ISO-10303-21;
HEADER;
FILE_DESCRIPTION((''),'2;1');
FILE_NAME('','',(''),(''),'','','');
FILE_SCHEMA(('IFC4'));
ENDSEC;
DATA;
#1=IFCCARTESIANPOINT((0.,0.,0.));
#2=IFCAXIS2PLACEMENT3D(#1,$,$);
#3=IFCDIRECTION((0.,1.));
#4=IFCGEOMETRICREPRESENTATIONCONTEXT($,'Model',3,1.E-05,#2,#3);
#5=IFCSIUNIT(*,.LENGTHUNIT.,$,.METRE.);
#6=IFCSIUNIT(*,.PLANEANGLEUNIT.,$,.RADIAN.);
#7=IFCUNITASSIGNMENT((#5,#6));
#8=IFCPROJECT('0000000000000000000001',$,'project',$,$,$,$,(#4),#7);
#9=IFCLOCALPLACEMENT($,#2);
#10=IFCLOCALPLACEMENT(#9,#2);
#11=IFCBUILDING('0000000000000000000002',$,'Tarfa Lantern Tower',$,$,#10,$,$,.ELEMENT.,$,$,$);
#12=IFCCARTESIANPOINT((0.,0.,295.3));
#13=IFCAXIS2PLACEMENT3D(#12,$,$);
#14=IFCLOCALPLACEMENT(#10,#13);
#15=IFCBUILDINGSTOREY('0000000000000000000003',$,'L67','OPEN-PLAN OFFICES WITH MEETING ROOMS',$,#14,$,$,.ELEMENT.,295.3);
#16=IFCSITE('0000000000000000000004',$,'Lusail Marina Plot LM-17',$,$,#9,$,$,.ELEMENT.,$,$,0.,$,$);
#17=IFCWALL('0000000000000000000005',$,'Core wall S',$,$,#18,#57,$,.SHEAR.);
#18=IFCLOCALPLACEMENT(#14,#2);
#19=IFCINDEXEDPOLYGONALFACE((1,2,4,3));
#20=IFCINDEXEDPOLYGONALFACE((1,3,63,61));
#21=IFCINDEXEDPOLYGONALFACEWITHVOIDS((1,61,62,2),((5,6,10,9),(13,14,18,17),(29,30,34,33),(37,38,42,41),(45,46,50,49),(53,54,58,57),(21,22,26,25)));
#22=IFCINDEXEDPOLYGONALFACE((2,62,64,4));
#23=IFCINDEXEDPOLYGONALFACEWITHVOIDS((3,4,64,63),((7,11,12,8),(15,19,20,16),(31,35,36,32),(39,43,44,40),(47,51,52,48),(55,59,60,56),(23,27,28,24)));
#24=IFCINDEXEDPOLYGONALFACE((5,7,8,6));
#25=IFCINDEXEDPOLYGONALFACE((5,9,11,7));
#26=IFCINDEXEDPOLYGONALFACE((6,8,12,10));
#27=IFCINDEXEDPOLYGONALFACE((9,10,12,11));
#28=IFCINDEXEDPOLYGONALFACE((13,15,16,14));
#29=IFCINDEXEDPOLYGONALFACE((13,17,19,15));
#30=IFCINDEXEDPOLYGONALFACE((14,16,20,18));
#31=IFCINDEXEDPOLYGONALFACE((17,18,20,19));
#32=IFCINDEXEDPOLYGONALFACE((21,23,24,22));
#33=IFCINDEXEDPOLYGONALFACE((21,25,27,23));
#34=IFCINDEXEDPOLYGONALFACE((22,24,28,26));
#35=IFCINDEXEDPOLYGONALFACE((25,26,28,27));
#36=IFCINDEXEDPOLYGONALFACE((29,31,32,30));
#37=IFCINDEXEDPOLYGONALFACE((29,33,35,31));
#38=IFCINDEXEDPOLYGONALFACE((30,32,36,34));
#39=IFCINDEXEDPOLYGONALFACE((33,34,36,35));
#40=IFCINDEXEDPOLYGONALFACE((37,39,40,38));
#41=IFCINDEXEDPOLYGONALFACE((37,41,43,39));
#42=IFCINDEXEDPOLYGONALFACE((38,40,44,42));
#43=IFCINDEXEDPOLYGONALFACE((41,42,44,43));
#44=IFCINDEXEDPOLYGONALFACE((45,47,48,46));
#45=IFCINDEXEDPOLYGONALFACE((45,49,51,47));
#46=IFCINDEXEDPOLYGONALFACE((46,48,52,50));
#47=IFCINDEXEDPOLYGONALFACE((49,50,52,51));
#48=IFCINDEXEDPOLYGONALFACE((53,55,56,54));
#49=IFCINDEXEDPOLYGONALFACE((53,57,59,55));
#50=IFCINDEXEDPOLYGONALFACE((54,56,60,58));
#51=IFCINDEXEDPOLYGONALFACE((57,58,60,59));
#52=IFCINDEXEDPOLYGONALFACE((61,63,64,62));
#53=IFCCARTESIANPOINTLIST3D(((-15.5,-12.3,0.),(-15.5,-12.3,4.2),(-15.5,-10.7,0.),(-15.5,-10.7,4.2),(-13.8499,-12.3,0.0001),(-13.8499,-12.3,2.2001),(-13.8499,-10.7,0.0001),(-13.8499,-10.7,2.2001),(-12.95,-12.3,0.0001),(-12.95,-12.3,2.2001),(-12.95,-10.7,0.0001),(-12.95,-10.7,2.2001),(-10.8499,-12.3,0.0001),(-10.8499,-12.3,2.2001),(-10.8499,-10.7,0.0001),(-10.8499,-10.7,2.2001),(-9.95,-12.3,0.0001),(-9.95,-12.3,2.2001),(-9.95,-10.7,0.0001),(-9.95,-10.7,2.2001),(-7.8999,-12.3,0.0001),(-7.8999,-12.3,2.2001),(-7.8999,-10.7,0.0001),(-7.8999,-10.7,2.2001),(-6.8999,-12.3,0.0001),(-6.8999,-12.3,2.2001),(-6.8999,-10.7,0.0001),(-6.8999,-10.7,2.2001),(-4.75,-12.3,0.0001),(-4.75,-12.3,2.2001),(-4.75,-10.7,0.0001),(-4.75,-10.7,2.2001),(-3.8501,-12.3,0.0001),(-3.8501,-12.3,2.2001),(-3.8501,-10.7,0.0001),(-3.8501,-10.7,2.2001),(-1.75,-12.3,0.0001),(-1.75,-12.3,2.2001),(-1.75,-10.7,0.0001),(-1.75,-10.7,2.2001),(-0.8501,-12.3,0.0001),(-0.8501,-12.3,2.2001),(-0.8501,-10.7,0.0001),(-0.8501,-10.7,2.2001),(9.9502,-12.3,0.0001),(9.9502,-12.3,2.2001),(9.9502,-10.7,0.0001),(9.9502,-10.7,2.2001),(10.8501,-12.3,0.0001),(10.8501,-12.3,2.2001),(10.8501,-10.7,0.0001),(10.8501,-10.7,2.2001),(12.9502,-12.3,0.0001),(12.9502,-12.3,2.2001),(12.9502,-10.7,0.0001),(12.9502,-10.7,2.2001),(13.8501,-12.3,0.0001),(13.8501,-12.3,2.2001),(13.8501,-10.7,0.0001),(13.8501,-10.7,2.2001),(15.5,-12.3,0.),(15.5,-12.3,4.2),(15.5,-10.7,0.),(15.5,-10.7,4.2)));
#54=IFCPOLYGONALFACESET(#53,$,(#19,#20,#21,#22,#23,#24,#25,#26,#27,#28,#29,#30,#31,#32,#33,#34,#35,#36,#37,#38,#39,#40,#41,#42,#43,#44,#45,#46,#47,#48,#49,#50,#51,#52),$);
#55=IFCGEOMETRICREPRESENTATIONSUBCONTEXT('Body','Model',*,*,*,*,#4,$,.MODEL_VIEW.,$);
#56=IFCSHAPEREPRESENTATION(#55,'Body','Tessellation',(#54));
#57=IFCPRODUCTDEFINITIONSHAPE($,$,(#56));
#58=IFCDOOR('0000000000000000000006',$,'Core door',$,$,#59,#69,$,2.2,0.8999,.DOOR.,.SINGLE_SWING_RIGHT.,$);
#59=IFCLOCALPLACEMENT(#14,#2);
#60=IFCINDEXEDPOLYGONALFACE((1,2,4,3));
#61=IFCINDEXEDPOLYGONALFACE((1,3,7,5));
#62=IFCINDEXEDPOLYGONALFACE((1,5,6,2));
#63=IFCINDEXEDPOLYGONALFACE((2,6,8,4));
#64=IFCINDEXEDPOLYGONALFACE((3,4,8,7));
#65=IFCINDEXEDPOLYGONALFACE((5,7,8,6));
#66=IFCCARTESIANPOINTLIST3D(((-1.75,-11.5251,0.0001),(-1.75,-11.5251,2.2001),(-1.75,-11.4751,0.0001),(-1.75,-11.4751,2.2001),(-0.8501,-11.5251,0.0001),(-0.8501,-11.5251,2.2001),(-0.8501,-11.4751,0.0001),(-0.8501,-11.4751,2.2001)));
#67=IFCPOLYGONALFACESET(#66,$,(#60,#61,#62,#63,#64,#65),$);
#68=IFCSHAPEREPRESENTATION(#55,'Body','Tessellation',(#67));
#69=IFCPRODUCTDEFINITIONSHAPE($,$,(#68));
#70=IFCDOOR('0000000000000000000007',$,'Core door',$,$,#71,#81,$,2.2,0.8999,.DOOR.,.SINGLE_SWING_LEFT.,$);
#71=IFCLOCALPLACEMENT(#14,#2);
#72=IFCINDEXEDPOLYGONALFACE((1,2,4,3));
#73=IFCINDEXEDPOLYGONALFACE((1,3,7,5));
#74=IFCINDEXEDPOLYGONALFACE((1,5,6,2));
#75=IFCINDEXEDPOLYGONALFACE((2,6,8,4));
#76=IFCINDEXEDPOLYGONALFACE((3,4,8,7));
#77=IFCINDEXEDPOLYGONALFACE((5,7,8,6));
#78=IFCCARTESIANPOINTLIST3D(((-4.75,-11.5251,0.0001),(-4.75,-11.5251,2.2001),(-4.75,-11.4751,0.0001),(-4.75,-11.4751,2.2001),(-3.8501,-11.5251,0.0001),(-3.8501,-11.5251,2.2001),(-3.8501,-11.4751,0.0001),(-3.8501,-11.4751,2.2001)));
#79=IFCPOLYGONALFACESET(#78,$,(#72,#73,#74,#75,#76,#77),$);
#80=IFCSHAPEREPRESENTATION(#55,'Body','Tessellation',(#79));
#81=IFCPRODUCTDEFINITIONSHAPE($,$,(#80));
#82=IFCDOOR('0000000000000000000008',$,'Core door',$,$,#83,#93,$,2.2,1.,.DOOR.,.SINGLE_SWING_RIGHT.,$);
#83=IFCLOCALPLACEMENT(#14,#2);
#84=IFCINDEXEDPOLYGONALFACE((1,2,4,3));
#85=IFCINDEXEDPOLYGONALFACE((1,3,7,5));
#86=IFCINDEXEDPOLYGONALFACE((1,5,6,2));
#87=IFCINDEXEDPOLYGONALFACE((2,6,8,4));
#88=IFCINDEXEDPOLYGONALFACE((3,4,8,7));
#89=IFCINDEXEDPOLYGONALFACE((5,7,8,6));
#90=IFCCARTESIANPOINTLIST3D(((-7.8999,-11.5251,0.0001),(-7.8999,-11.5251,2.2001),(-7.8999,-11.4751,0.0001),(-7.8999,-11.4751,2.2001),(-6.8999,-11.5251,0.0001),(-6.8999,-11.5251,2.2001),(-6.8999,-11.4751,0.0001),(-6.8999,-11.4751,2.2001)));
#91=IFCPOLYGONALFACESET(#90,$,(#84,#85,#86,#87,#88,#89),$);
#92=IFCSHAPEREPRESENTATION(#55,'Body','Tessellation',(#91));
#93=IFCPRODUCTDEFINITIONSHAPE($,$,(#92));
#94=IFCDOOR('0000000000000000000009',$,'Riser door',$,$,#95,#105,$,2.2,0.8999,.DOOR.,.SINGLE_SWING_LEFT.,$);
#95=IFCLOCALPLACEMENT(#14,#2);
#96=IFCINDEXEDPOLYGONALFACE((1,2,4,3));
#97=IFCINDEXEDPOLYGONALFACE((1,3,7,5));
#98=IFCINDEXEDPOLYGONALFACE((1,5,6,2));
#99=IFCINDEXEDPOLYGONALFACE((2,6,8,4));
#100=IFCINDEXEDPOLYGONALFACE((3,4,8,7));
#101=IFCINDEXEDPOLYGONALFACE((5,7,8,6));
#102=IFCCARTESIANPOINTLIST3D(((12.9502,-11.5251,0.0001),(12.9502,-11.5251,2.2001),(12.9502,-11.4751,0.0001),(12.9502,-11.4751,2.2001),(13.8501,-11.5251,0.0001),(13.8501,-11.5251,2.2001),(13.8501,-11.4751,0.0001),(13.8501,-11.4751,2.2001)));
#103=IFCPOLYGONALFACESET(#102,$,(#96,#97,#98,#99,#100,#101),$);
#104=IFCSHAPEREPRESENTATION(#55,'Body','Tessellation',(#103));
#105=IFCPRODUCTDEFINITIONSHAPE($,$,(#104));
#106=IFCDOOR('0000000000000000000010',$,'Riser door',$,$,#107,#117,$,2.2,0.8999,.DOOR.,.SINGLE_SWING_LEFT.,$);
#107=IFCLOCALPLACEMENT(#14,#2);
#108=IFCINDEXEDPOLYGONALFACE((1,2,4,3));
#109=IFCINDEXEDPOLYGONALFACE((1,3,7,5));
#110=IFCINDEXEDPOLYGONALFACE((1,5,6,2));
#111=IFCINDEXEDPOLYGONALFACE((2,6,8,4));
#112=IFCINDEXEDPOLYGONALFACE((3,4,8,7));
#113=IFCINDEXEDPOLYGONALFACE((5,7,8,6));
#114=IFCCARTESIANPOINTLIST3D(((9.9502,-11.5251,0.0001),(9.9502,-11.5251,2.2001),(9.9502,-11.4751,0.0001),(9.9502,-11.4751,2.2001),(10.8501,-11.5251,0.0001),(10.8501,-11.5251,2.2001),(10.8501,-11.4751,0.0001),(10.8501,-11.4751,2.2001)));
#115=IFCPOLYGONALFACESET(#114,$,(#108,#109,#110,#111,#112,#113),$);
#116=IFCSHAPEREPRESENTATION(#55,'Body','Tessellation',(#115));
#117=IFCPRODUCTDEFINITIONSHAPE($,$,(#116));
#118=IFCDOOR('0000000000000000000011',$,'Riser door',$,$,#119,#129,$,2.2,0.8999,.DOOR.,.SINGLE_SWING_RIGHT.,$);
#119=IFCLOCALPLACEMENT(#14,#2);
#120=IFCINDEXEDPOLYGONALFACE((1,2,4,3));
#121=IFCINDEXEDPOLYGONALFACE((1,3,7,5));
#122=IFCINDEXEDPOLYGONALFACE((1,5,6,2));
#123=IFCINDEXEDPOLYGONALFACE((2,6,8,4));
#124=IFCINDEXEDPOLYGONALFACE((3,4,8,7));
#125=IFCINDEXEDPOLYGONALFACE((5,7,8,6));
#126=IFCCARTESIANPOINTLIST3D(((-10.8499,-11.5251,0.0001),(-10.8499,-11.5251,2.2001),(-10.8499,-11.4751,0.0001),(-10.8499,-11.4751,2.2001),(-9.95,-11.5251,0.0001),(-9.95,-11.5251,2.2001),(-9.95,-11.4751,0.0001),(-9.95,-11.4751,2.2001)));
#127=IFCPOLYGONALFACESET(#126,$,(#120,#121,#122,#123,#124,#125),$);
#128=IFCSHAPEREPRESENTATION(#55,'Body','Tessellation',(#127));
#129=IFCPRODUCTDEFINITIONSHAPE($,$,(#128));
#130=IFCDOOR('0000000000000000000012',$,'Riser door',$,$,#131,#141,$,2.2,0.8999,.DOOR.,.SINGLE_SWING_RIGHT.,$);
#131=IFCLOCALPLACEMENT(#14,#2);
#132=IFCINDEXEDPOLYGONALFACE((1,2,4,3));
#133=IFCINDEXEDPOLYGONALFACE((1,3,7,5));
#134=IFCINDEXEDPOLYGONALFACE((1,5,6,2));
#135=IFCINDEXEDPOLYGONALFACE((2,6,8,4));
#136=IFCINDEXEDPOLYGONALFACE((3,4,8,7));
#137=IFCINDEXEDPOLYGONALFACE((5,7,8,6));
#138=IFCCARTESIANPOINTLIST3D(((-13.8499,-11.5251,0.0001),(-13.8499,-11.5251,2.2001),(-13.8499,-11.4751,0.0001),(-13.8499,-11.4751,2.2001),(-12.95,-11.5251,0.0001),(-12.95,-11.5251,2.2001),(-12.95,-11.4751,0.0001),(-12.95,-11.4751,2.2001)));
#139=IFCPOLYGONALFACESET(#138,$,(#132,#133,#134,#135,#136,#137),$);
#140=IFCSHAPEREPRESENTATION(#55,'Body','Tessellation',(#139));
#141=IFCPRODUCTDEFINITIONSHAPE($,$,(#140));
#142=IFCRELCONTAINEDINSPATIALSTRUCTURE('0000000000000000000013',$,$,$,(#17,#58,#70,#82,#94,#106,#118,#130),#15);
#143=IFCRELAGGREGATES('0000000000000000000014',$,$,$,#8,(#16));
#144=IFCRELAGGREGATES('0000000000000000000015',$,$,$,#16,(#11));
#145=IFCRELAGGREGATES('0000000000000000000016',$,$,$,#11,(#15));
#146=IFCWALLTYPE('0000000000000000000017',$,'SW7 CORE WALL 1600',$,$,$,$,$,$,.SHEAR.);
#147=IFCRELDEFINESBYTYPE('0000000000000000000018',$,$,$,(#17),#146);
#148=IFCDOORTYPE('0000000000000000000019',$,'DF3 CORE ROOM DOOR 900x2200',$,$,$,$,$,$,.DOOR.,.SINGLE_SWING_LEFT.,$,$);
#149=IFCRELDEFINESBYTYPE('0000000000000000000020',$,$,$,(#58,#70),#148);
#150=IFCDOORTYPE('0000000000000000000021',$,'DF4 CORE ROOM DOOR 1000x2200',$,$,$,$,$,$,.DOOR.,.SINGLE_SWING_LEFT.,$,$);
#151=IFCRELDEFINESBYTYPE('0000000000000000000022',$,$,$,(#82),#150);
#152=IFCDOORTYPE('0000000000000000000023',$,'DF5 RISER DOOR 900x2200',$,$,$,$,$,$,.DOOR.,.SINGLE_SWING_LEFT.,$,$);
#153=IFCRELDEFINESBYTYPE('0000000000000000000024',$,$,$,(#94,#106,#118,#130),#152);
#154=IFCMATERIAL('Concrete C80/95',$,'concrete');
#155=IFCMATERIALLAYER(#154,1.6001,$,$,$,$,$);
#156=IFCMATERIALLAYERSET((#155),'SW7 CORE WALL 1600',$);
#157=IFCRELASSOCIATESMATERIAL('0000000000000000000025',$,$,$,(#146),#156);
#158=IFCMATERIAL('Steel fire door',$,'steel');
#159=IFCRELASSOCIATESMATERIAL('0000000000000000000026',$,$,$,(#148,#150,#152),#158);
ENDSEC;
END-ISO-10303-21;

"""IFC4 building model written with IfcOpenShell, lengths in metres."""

from ifc_helpers import new_model, si_unit, direction, frame, frame_2d, origin, place, context, subcontext, project, spatial, rectangle, extrude, material, layer, layer_set, type_object, element, fill, save


model = new_model("IFC4")

# Units and contexts
model_context = context("Model", 3, precision=1e-05, world=origin(), true_north=direction((0.0, 1.0)))
body_context = subcontext(model_context, "Body", "Model", "MODEL_VIEW")
ifc_project = project(units=[si_unit("LENGTHUNIT", "METRE"), si_unit("PLANEANGLEUNIT", "RADIAN")], contexts=[model_context])

# Site, building, storey
site_placement = place(None, origin())
site = spatial("IfcSite", under=ifc_project, at=site_placement, Name="Lusail Marina Plot LM-17", CompositionType="ELEMENT", RefElevation=0.0)
building_placement = place(site_placement, origin())
building = spatial("IfcBuilding", under=site, at=building_placement, Name="Tarfa Lantern Tower", CompositionType="ELEMENT")
storey_placement = place(building_placement, frame((0.0, 0.0, 295.3)))
storey = spatial("IfcBuildingStorey", under=building, at=storey_placement, Name="L67", Description="OPEN-PLAN OFFICES WITH MEETING ROOMS", CompositionType="ELEMENT", Elevation=295.3)

# Shared definitions
ifc_material_1 = material(Name="Concrete C80/95", Category="concrete")
ifc_material_2 = material(Name="Steel fire door", Category="steel")

# Wall, openings, doors
ifc_layer_1 = layer(ifc_material_1, 1.6001)
ifc_layer_set_1 = layer_set([ifc_layer_1], Name="SW7 CORE WALL 1600")
wall_type_1 = type_object("IfcWallType", Name="SW7 CORE WALL 1600", PredefinedType="SHEAR", material=ifc_layer_set_1)
wall_1_placement = place(storey_placement, frame((15.5, -11.5, 0.0), z_axis=(0.0, 0.0, 1.0), x_axis=(-1.0, 0.0, 0.0)))
wall_1 = element("IfcWall", 1, at=wall_1_placement, inside=storey, type_object=wall_type_1, Name="Core wall S", PredefinedType="SHEAR", context=body_context, shape_type="SweptSolid", body=[
    extrude(rectangle(XDim=31.0, YDim=1.6001, at=frame_2d((15.5, 0.0))), origin(), (0.0, 0.0, 1.0), 4.2),
])
opening_1_placement = place(wall_1_placement, frame((16.3501, 0.0, 0.0)))
opening_1 = element("IfcOpeningElement", 2, at=opening_1_placement, cuts=wall_1, PredefinedType="OPENING", context=body_context, shape_type="SweptSolid", body=[
    extrude(rectangle(XDim=0.8999, YDim=2.2, at=frame_2d((0.45, 1.1001))), frame((0.0, 0.8101, 0.0), z_axis=(0.0, -1.0, 0.0), x_axis=(1.0, 0.0, 0.0)), (0.0, 0.0, 1.0), 1.6201),
])
opening_2_placement = place(wall_1_placement, frame((19.3501, 0.0, 0.0)))
opening_2 = element("IfcOpeningElement", 3, at=opening_2_placement, cuts=wall_1, PredefinedType="OPENING", context=body_context, shape_type="SweptSolid", body=[
    extrude(rectangle(XDim=0.8999, YDim=2.2, at=frame_2d((0.45, 1.1001))), frame((0.0, 0.8101, 0.0), z_axis=(0.0, -1.0, 0.0), x_axis=(1.0, 0.0, 0.0)), (0.0, 0.0, 1.0), 1.6201),
])
opening_3_placement = place(wall_1_placement, frame((22.3999, 0.0, 0.0)))
opening_3 = element("IfcOpeningElement", 4, at=opening_3_placement, cuts=wall_1, PredefinedType="OPENING", context=body_context, shape_type="SweptSolid", body=[
    extrude(rectangle(XDim=1.0, YDim=2.2, at=frame_2d((0.5, 1.1001))), frame((0.0, 0.8101, 0.0), z_axis=(0.0, -1.0, 0.0), x_axis=(1.0, 0.0, 0.0)), (0.0, 0.0, 1.0), 1.6201),
])
opening_4_placement = place(wall_1_placement, frame((1.6499, 0.0, 0.0)))
opening_4 = element("IfcOpeningElement", 5, at=opening_4_placement, cuts=wall_1, PredefinedType="OPENING", context=body_context, shape_type="SweptSolid", body=[
    extrude(rectangle(XDim=0.8999, YDim=2.2, at=frame_2d((0.45, 1.1001))), frame((0.0, 0.8101, 0.0), z_axis=(0.0, -1.0, 0.0), x_axis=(1.0, 0.0, 0.0)), (0.0, 0.0, 1.0), 1.6201),
])
opening_5_placement = place(wall_1_placement, frame((4.6499, 0.0, 0.0)))
opening_5 = element("IfcOpeningElement", 6, at=opening_5_placement, cuts=wall_1, PredefinedType="OPENING", context=body_context, shape_type="SweptSolid", body=[
    extrude(rectangle(XDim=0.8999, YDim=2.2, at=frame_2d((0.45, 1.1001))), frame((0.0, 0.8101, 0.0), z_axis=(0.0, -1.0, 0.0), x_axis=(1.0, 0.0, 0.0)), (0.0, 0.0, 1.0), 1.6201),
])
opening_6_placement = place(wall_1_placement, frame((25.45, 0.0, 0.0)))
opening_6 = element("IfcOpeningElement", 7, at=opening_6_placement, cuts=wall_1, PredefinedType="OPENING", context=body_context, shape_type="SweptSolid", body=[
    extrude(rectangle(XDim=0.8999, YDim=2.2, at=frame_2d((0.45, 1.1001))), frame((0.0, 0.8101, 0.0), z_axis=(0.0, -1.0, 0.0), x_axis=(1.0, 0.0, 0.0)), (0.0, 0.0, 1.0), 1.6201),
])
opening_7_placement = place(wall_1_placement, frame((28.45, 0.0, 0.0)))
opening_7 = element("IfcOpeningElement", 8, at=opening_7_placement, cuts=wall_1, PredefinedType="OPENING", context=body_context, shape_type="SweptSolid", body=[
    extrude(rectangle(XDim=0.8999, YDim=2.2, at=frame_2d((0.45, 1.1001))), frame((0.0, 0.8101, 0.0), z_axis=(0.0, -1.0, 0.0), x_axis=(1.0, 0.0, 0.0)), (0.0, 0.0, 1.0), 1.6201),
])
door_type_1 = type_object("IfcDoorType", Name="DF3 CORE ROOM DOOR 900x2200", OperationType="SINGLE_SWING_LEFT", PredefinedType="DOOR", material=ifc_material_2)
door_1_placement = place(opening_1_placement, frame((0.8999, 0.0, 0.0), z_axis=(0.0, 0.0, 1.0), x_axis=(-1.0, 0.0, 0.0)))
door_1 = element("IfcDoor", 9, at=door_1_placement, inside=storey, type_object=door_type_1, Name="Core door", OperationType="SINGLE_SWING_RIGHT", OverallHeight=2.2, OverallWidth=0.8999, PredefinedType="DOOR", context=body_context, shape_type="SweptSolid", body=[
    extrude(rectangle(XDim=0.8999, YDim=2.2, at=frame_2d((0.45, 1.1001))), frame((0.0, 0.0249, 0.0), z_axis=(0.0, -1.0, 0.0), x_axis=(1.0, 0.0, 0.0)), (0.0, 0.0, 1.0), 0.05),
])
fill(opening_1, door_1)
door_2_placement = place(opening_2_placement, frame((0.8999, 0.0, 0.0), z_axis=(0.0, 0.0, 1.0), x_axis=(-1.0, 0.0, 0.0)))
door_2 = element("IfcDoor", 10, at=door_2_placement, inside=storey, type_object=door_type_1, Name="Core door", OperationType="SINGLE_SWING_LEFT", OverallHeight=2.2, OverallWidth=0.8999, PredefinedType="DOOR", context=body_context, shape_type="SweptSolid", body=[
    extrude(rectangle(XDim=0.8999, YDim=2.2, at=frame_2d((0.45, 1.1001))), frame((0.0, 0.0249, 0.0), z_axis=(0.0, -1.0, 0.0), x_axis=(1.0, 0.0, 0.0)), (0.0, 0.0, 1.0), 0.05),
])
fill(opening_2, door_2)
door_type_2 = type_object("IfcDoorType", Name="DF4 CORE ROOM DOOR 1000x2200", OperationType="SINGLE_SWING_LEFT", PredefinedType="DOOR", material=ifc_material_2)
door_3_placement = place(opening_3_placement, frame((1.0, 0.0, 0.0), z_axis=(0.0, 0.0, 1.0), x_axis=(-1.0, 0.0, 0.0)))
door_3 = element("IfcDoor", 11, at=door_3_placement, inside=storey, type_object=door_type_2, Name="Core door", OperationType="SINGLE_SWING_RIGHT", OverallHeight=2.2, OverallWidth=1.0, PredefinedType="DOOR", context=body_context, shape_type="SweptSolid", body=[
    extrude(rectangle(XDim=1.0, YDim=2.2, at=frame_2d((0.5, 1.1001))), frame((0.0, 0.0249, 0.0), z_axis=(0.0, -1.0, 0.0), x_axis=(1.0, 0.0, 0.0)), (0.0, 0.0, 1.0), 0.05),
])
fill(opening_3, door_3)
door_type_3 = type_object("IfcDoorType", Name="DF5 RISER DOOR 900x2200", OperationType="SINGLE_SWING_LEFT", PredefinedType="DOOR", material=ifc_material_2)
door_4_placement = place(opening_4_placement, frame((0.8999, 0.0, 0.0), z_axis=(0.0, 0.0, 1.0), x_axis=(-1.0, 0.0, 0.0)))
door_4 = element("IfcDoor", 12, at=door_4_placement, inside=storey, type_object=door_type_3, Name="Riser door", OperationType="SINGLE_SWING_LEFT", OverallHeight=2.2, OverallWidth=0.8999, PredefinedType="DOOR", context=body_context, shape_type="SweptSolid", body=[
    extrude(rectangle(XDim=0.8999, YDim=2.2, at=frame_2d((0.45, 1.1001))), frame((0.0, 0.0249, 0.0), z_axis=(0.0, -1.0, 0.0), x_axis=(1.0, 0.0, 0.0)), (0.0, 0.0, 1.0), 0.05),
])
fill(opening_4, door_4)
door_5_placement = place(opening_5_placement, frame((0.8999, 0.0, 0.0), z_axis=(0.0, 0.0, 1.0), x_axis=(-1.0, 0.0, 0.0)))
door_5 = element("IfcDoor", 13, at=door_5_placement, inside=storey, type_object=door_type_3, Name="Riser door", OperationType="SINGLE_SWING_LEFT", OverallHeight=2.2, OverallWidth=0.8999, PredefinedType="DOOR", context=body_context, shape_type="SweptSolid", body=[
    extrude(rectangle(XDim=0.8999, YDim=2.2, at=frame_2d((0.45, 1.1001))), frame((0.0, 0.0249, 0.0), z_axis=(0.0, -1.0, 0.0), x_axis=(1.0, 0.0, 0.0)), (0.0, 0.0, 1.0), 0.05),
])
fill(opening_5, door_5)
door_6_placement = place(opening_6_placement, frame((0.8999, 0.0, 0.0), z_axis=(0.0, 0.0, 1.0), x_axis=(-1.0, 0.0, 0.0)))
door_6 = element("IfcDoor", 14, at=door_6_placement, inside=storey, type_object=door_type_3, Name="Riser door", OperationType="SINGLE_SWING_RIGHT", OverallHeight=2.2, OverallWidth=0.8999, PredefinedType="DOOR", context=body_context, shape_type="SweptSolid", body=[
    extrude(rectangle(XDim=0.8999, YDim=2.2, at=frame_2d((0.45, 1.1001))), frame((0.0, 0.0249, 0.0), z_axis=(0.0, -1.0, 0.0), x_axis=(1.0, 0.0, 0.0)), (0.0, 0.0, 1.0), 0.05),
])
fill(opening_6, door_6)
door_7_placement = place(opening_7_placement, frame((0.8999, 0.0, 0.0), z_axis=(0.0, 0.0, 1.0), x_axis=(-1.0, 0.0, 0.0)))
door_7 = element("IfcDoor", 15, at=door_7_placement, inside=storey, type_object=door_type_3, Name="Riser door", OperationType="SINGLE_SWING_RIGHT", OverallHeight=2.2, OverallWidth=0.8999, PredefinedType="DOOR", context=body_context, shape_type="SweptSolid", body=[
    extrude(rectangle(XDim=0.8999, YDim=2.2, at=frame_2d((0.45, 1.1001))), frame((0.0, 0.0249, 0.0), z_axis=(0.0, -1.0, 0.0), x_axis=(1.0, 0.0, 0.0)), (0.0, 0.0, 1.0), 0.05),
])
fill(opening_7, door_7)

save(model, "model.ifc")
